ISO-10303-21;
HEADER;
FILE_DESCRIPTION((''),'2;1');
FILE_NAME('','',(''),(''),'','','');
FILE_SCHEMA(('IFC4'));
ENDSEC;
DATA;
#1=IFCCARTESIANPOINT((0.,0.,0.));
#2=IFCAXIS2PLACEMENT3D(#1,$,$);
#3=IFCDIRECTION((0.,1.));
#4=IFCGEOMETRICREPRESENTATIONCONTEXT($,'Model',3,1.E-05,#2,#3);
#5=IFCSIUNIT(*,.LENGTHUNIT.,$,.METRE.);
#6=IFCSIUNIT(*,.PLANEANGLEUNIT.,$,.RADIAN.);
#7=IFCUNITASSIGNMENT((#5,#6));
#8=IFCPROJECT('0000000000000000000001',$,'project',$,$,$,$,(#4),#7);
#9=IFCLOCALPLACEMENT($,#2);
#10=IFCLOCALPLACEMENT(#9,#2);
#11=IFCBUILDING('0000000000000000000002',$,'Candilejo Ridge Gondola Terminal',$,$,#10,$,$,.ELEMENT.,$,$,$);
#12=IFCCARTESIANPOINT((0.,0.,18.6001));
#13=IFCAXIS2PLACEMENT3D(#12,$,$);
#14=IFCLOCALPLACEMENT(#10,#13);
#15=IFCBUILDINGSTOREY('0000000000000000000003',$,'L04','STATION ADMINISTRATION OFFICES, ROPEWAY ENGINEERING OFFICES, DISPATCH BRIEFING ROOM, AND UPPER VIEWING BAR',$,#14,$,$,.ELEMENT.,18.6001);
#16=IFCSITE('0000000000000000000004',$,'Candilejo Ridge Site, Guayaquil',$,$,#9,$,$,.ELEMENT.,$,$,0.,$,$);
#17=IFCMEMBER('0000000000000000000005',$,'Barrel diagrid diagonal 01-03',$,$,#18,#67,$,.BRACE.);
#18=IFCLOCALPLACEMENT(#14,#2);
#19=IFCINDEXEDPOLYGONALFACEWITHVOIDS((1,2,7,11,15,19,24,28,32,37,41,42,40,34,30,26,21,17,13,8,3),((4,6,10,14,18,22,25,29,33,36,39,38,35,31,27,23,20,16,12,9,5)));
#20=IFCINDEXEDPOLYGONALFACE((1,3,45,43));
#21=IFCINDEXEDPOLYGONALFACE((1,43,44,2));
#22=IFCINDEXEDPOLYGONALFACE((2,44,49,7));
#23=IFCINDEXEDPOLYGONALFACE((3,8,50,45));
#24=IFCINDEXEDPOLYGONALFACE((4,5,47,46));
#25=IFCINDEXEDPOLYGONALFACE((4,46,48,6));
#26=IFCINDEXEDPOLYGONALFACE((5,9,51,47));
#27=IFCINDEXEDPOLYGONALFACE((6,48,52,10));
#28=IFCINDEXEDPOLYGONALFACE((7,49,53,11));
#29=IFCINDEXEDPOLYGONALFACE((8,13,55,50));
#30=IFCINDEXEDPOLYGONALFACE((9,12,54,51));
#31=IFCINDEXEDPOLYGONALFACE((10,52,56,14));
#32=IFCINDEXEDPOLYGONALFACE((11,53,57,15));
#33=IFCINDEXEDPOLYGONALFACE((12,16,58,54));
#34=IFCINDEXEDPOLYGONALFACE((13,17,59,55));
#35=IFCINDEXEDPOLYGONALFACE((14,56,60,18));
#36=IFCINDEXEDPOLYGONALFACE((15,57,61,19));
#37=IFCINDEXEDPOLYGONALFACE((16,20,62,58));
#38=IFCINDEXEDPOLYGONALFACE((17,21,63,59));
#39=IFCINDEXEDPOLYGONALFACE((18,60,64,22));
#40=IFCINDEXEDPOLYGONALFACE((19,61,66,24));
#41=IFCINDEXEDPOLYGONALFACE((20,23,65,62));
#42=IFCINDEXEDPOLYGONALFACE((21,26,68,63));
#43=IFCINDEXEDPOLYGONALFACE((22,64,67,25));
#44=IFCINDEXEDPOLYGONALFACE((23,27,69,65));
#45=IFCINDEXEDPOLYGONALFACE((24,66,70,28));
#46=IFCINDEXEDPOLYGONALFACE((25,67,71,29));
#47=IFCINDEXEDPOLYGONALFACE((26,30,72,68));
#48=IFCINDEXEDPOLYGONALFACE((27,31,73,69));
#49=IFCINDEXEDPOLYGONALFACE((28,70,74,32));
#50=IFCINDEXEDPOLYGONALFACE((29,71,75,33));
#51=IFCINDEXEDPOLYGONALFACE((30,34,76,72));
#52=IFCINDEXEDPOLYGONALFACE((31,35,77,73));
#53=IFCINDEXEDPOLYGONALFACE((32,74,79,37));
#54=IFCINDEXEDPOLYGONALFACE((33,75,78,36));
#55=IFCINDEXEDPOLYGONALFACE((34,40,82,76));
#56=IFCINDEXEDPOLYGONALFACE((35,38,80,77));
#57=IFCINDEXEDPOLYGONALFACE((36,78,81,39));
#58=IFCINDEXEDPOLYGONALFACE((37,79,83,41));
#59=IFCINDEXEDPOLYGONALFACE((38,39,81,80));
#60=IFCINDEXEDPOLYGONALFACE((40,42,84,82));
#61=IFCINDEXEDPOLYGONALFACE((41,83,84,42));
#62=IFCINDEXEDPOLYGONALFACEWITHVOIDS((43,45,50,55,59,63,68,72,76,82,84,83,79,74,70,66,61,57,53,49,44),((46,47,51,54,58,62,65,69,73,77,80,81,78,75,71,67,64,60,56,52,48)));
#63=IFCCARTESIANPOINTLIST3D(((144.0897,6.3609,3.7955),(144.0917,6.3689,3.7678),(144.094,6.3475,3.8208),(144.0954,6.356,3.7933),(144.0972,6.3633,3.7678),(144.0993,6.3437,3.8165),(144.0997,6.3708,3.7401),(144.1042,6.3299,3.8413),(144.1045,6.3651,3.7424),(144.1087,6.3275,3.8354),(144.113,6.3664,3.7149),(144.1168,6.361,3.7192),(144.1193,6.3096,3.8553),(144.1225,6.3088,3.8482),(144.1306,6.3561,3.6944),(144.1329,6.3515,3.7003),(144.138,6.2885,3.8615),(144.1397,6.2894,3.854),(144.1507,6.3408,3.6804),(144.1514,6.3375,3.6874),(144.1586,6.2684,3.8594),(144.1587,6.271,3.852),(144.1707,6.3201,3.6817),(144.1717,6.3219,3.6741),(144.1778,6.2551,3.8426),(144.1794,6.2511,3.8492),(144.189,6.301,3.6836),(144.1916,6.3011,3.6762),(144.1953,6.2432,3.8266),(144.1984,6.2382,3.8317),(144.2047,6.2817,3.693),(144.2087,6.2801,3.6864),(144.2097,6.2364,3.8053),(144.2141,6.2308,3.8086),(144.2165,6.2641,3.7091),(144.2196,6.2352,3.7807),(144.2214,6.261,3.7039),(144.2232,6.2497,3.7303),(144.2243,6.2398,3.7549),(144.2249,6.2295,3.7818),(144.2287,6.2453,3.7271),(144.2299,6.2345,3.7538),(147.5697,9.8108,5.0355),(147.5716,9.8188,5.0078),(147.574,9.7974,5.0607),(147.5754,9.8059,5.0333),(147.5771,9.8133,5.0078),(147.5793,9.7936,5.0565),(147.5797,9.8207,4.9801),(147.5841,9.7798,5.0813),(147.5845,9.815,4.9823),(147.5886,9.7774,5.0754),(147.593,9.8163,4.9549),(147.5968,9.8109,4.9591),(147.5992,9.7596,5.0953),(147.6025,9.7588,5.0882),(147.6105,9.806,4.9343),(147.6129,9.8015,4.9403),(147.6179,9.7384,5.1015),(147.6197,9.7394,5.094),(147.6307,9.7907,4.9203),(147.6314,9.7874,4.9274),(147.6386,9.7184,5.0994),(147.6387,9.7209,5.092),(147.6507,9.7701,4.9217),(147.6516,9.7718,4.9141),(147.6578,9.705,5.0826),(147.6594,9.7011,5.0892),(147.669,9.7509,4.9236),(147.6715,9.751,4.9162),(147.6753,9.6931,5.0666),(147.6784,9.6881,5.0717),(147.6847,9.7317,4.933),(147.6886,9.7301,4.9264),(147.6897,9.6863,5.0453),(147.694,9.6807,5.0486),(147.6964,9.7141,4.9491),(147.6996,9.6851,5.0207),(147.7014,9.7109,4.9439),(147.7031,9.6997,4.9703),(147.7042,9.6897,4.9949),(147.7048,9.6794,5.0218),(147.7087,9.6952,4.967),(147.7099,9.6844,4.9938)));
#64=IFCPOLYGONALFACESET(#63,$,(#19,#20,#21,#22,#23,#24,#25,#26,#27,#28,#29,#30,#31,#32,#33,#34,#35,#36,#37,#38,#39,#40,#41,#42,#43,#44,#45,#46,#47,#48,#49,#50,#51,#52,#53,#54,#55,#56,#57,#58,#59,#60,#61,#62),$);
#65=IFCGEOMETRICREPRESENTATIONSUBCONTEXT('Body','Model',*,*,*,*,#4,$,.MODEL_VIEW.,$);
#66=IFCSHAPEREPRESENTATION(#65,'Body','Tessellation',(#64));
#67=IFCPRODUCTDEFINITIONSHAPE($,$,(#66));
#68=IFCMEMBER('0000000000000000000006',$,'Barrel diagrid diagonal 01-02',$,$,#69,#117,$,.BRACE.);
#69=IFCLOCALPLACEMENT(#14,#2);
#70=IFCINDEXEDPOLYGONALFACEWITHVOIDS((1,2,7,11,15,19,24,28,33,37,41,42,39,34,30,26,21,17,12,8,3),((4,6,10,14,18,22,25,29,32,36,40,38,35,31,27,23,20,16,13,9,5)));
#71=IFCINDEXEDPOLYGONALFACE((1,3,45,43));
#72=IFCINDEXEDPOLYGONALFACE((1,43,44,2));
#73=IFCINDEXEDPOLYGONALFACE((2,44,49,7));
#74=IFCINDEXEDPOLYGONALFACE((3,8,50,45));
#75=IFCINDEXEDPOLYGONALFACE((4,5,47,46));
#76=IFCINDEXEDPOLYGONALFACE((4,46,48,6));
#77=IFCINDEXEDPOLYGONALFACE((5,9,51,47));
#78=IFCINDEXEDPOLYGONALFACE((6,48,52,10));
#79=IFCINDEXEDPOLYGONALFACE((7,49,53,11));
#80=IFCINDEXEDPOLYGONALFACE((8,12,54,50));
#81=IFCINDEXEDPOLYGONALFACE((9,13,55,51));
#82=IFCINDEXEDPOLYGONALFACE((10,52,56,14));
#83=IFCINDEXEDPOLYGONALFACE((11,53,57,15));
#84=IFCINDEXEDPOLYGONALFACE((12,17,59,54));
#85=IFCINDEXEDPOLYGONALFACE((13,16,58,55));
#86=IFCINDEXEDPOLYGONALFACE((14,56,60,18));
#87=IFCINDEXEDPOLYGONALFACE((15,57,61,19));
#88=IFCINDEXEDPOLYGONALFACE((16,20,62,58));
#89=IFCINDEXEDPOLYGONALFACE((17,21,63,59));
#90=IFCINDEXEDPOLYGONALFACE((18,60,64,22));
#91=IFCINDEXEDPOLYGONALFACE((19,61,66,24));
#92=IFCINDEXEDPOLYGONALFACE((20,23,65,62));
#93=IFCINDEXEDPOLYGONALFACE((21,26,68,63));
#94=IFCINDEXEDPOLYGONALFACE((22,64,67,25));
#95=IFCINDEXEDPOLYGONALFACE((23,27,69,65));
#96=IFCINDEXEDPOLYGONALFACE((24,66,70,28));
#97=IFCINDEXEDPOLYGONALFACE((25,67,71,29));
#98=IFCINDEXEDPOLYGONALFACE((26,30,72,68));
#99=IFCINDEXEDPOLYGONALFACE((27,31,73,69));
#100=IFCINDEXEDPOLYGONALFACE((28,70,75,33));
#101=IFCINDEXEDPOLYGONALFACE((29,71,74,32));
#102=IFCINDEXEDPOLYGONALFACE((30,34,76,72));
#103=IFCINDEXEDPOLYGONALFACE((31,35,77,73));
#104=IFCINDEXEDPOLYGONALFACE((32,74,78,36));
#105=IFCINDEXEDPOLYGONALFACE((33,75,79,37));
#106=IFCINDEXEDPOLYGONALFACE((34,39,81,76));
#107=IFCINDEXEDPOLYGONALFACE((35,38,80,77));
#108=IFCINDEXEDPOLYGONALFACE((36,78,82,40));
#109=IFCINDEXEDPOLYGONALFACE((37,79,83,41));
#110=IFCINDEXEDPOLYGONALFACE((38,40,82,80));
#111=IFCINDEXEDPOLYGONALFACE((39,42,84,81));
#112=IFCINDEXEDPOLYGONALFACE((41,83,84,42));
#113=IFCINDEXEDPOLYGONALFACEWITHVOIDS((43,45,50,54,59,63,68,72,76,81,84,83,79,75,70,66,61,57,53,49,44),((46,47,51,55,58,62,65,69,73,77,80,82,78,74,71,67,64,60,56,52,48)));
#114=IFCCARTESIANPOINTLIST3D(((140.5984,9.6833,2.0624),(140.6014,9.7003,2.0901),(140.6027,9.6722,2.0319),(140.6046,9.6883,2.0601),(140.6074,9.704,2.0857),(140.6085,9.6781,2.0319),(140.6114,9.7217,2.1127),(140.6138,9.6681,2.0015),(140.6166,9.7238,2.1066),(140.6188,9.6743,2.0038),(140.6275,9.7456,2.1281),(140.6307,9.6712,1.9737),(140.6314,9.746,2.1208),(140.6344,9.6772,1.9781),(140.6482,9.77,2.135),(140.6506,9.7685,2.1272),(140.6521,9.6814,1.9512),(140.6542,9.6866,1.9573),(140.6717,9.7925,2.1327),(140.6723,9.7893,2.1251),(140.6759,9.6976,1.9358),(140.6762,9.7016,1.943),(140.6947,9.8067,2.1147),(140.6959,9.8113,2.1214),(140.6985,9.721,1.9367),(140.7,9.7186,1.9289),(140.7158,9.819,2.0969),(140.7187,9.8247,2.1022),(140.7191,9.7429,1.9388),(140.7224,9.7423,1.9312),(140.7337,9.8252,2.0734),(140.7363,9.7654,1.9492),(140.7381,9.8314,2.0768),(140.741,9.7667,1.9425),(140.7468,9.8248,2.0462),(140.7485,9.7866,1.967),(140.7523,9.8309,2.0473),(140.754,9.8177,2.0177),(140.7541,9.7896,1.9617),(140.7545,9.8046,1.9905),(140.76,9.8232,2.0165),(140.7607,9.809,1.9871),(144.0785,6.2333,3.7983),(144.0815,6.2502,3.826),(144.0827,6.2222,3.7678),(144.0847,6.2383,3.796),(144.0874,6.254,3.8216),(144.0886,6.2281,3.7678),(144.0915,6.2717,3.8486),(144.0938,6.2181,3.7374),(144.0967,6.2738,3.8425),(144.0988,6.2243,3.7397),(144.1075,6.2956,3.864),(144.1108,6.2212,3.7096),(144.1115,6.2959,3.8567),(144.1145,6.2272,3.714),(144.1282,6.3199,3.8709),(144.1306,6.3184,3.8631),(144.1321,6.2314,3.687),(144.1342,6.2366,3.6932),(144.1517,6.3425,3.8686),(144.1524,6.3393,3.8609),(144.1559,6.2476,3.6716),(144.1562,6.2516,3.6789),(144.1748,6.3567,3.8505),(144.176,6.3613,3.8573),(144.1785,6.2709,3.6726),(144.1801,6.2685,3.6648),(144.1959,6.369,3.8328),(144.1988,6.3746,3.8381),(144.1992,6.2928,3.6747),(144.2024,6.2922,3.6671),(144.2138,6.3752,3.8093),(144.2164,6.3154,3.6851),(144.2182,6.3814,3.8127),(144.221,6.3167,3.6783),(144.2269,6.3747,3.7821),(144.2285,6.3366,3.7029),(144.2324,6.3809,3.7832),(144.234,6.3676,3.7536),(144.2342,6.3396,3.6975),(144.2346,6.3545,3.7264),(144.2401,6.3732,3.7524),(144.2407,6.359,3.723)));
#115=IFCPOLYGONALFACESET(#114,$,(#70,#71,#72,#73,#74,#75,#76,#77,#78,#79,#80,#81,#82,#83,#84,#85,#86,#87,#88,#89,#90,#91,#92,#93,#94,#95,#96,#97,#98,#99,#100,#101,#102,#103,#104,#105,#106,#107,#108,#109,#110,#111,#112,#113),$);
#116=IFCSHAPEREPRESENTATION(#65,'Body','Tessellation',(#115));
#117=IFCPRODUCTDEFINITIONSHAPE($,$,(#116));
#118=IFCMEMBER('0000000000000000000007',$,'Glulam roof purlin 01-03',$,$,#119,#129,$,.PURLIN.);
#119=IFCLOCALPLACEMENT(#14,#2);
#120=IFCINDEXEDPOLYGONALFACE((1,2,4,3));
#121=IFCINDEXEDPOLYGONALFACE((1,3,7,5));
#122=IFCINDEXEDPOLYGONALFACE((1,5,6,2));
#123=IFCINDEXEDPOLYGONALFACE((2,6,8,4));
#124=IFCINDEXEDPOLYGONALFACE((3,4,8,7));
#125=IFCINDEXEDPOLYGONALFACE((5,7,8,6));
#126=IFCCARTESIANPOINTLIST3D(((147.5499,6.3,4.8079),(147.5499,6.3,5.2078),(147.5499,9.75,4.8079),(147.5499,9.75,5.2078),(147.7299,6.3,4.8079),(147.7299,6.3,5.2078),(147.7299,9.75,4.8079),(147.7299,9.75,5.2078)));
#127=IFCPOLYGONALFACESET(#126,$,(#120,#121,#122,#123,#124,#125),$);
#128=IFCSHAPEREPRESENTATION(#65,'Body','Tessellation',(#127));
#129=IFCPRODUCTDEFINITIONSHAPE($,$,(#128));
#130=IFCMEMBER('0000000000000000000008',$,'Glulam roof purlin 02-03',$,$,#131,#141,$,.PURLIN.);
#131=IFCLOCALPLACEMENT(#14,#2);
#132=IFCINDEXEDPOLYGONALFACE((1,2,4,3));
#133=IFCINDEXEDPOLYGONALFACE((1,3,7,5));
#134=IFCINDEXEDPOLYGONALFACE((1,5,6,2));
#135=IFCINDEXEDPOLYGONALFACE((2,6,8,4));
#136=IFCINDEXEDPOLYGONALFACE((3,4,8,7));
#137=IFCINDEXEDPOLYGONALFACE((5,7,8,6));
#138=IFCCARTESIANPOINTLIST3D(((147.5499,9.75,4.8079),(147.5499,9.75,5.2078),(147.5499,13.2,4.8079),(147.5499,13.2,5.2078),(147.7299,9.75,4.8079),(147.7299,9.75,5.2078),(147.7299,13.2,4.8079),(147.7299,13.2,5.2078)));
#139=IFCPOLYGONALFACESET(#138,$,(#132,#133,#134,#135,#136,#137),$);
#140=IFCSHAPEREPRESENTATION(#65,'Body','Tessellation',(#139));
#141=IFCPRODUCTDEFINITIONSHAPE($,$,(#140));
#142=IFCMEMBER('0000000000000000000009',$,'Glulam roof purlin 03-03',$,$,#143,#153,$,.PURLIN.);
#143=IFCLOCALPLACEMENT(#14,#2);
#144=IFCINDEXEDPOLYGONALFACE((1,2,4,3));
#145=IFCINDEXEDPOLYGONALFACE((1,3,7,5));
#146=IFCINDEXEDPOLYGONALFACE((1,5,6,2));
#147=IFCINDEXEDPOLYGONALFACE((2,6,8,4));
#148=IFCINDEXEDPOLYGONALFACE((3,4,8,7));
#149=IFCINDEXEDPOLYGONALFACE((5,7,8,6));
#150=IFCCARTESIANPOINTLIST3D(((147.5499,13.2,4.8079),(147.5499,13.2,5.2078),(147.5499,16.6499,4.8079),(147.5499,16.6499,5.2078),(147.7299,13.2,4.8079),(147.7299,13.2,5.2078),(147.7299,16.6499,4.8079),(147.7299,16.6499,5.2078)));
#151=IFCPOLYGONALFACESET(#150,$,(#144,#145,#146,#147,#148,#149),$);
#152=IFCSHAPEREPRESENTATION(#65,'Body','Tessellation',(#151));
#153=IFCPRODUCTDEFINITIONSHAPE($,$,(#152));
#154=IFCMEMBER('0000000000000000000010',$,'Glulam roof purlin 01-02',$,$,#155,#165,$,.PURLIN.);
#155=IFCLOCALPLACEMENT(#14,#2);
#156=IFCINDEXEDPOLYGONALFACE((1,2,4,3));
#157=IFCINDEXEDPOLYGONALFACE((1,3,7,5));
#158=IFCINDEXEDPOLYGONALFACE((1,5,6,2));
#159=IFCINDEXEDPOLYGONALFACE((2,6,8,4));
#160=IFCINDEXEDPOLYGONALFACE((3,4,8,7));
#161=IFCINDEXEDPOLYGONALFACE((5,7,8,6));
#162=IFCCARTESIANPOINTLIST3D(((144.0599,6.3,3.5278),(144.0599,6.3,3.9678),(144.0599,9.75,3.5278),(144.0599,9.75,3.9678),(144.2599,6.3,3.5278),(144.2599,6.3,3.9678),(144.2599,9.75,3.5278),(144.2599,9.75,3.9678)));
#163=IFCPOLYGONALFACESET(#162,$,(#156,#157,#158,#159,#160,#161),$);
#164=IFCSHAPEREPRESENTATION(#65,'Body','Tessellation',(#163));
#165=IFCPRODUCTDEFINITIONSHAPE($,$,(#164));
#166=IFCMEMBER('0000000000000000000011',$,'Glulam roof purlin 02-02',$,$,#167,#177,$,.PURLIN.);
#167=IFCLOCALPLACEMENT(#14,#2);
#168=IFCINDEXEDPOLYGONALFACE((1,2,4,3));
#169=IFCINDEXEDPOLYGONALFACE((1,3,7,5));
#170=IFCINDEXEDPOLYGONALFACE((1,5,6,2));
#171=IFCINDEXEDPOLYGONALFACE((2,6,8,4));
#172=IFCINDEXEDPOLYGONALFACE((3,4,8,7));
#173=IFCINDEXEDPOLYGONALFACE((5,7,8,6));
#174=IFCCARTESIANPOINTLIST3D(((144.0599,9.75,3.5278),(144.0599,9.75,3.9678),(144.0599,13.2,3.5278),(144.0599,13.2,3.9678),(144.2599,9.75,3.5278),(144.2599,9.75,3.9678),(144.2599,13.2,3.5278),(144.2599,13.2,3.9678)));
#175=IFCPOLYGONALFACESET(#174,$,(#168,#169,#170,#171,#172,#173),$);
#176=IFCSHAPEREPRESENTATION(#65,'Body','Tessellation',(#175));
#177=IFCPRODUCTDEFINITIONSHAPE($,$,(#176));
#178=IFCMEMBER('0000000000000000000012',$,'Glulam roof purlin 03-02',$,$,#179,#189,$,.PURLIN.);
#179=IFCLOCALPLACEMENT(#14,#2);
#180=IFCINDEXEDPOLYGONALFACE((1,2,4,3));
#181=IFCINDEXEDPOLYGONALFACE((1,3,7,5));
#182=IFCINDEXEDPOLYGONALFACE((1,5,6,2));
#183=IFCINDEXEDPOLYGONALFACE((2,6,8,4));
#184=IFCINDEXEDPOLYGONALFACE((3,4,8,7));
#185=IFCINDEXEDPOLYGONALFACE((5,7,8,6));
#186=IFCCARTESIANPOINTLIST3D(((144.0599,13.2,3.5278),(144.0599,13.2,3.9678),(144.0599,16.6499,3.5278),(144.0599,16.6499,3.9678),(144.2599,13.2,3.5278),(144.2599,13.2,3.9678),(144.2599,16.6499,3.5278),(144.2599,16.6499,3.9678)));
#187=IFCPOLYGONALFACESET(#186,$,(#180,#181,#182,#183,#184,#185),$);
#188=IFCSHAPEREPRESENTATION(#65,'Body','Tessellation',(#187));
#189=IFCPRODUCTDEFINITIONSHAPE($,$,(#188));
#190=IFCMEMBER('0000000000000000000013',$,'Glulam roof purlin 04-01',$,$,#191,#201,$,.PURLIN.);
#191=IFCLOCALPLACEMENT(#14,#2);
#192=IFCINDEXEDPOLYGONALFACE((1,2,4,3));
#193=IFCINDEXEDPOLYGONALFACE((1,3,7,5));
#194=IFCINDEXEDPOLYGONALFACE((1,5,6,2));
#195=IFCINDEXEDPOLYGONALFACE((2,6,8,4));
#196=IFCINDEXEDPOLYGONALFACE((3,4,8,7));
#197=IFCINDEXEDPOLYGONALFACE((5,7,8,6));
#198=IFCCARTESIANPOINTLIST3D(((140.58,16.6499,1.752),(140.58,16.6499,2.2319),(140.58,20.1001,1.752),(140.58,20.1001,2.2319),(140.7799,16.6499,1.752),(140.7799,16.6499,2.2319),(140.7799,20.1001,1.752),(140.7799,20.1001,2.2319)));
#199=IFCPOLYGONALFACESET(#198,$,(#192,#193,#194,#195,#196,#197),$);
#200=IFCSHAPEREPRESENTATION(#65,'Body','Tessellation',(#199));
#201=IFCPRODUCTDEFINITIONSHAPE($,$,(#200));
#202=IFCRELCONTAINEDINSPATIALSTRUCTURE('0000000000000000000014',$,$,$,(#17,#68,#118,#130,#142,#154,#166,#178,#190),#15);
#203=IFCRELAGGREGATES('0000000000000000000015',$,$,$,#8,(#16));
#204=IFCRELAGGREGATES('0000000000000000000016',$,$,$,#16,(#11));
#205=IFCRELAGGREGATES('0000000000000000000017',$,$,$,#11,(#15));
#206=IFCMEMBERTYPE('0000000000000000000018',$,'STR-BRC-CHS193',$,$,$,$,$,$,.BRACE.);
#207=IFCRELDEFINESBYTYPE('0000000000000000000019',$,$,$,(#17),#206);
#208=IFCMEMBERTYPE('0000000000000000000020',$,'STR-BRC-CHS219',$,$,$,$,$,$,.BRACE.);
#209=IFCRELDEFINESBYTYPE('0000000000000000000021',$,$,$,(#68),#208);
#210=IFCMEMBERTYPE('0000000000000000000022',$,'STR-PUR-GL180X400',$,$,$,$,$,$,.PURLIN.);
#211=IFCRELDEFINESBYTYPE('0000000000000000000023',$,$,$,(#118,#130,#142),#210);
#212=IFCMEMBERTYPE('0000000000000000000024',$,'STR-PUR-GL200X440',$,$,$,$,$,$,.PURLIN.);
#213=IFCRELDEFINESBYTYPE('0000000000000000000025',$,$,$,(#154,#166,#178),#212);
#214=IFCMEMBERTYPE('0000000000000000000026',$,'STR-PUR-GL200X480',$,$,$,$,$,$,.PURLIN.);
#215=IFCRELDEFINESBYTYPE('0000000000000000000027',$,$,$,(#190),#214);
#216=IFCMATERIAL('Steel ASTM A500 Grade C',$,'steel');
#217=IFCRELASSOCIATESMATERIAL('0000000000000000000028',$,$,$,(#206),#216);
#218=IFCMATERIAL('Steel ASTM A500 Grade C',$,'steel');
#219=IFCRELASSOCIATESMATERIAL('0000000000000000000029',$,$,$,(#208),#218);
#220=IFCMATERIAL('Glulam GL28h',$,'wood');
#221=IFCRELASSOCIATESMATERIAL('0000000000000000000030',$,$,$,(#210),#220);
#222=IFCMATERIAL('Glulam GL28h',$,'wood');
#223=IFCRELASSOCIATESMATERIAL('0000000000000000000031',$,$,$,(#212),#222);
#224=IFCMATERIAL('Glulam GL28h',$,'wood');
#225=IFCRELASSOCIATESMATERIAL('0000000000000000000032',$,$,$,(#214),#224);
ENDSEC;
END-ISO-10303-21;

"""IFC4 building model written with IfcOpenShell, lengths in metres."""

from ifc_helpers import new_model, si_unit, direction, frame, origin, origin_2d, place, context, subcontext, project, spatial, rectangle, hollow_circle, extrude, material, material_profile, profile_set, type_object, element, save


model = new_model("IFC4")

# Units and contexts
model_context = context("Model", 3, precision=1e-05, world=origin(), true_north=direction((0.0, 1.0)))
body_context = subcontext(model_context, "Body", "Model", "MODEL_VIEW")
ifc_project = project(units=[si_unit("LENGTHUNIT", "METRE"), si_unit("PLANEANGLEUNIT", "RADIAN")], contexts=[model_context])

# Site, building, storey
site_placement = place(None, origin())
site = spatial("IfcSite", under=ifc_project, at=site_placement, Name="Candilejo Ridge Site, Guayaquil", CompositionType="ELEMENT", RefElevation=0.0)
building_placement = place(site_placement, origin())
building = spatial("IfcBuilding", under=site, at=building_placement, Name="Candilejo Ridge Gondola Terminal", CompositionType="ELEMENT")
storey_placement = place(building_placement, frame((0.0, 0.0, 18.6001)))
storey = spatial("IfcBuildingStorey", under=building, at=storey_placement, Name="L04", Description="STATION ADMINISTRATION OFFICES, ROPEWAY ENGINEERING OFFICES, DISPATCH BRIEFING ROOM, AND UPPER VIEWING BAR", CompositionType="ELEMENT", Elevation=18.6001)

# Members
ifc_material_1 = material(Name="Steel ASTM A500 Grade C", Category="steel")
ifc_material_profile_1 = material_profile(ifc_material_1, hollow_circle(Radius=0.0969, WallThickness=0.0078, at=origin_2d()))
ifc_profile_set_1 = profile_set([ifc_material_profile_1], Name="Steel ASTM A500 Grade C")
member_type_1 = type_object("IfcMemberType", Name="STR-BRC-CHS193", PredefinedType="BRACE", material=ifc_profile_set_1)
member_1_placement = place(storey_placement, frame((144.1599, 6.3, 3.7678), z_axis=(0.688464, 0.682523, 0.245314), x_axis=(-0.704036, 0.710164, 0.0)))
element("IfcMember", 1, at=member_1_placement, inside=storey, type_object=member_type_1, Name="Barrel diagrid diagonal 01-03", PredefinedType="BRACE", context=body_context, shape_type="SweptSolid", body=[
    extrude(hollow_circle(Radius=0.0969, WallThickness=0.0078, at=origin_2d()), origin(), (0.0, 0.0, 1.0), 5.0547),
])
ifc_material_2 = material(Name="Steel ASTM A500 Grade C", Category="steel")
ifc_material_profile_2 = material_profile(ifc_material_2, hollow_circle(Radius=0.1096, WallThickness=0.0083, at=origin_2d()))
ifc_profile_set_2 = profile_set([ifc_material_profile_2], Name="Steel ASTM A500 Grade C")
member_type_2 = type_object("IfcMemberType", Name="STR-BRC-CHS219", PredefinedType="BRACE", material=ifc_profile_set_2)
member_2_placement = place(storey_placement, frame((144.1599, 6.3, 3.7678), z_axis=(-0.669406, 0.663629, -0.333904), x_axis=(-0.704036, -0.710164, 0.0)))
element("IfcMember", 2, at=member_2_placement, inside=storey, type_object=member_type_2, Name="Barrel diagrid diagonal 01-02", PredefinedType="BRACE", context=body_context, shape_type="SweptSolid", body=[
    extrude(hollow_circle(Radius=0.1096, WallThickness=0.0083, at=origin_2d()), origin(), (0.0, 0.0, 1.0), 5.1987),
])
ifc_material_3 = material(Name="Glulam GL28h", Category="wood")
ifc_material_profile_3 = material_profile(ifc_material_3, rectangle(XDim=0.1799, YDim=0.3999, at=origin_2d()))
ifc_profile_set_3 = profile_set([ifc_material_profile_3], Name="Glulam GL28h")
member_type_3 = type_object("IfcMemberType", Name="STR-PUR-GL180X400", PredefinedType="PURLIN", material=ifc_profile_set_3)
for number, where, z_axis, x_axis, name in (
    (3, (147.6399, 6.3, 5.0078), (0.0, 1.0, 0.0), (-1.0, 0.0, 0.0), "Glulam roof purlin 01-03"),
    (4, (147.6399, 9.75, 5.0078), (0.0, 1.0, 0.0), (-1.0, 0.0, 0.0), "Glulam roof purlin 02-03"),
    (5, (147.6399, 13.2, 5.0078), (0.0, 1.0, 0.0), (-1.0, 0.0, 0.0), "Glulam roof purlin 03-03"),
):
    element("IfcMember", number, at=place(storey_placement, frame(where, z_axis=z_axis, x_axis=x_axis)), inside=storey, type_object=member_type_3, Name=name, PredefinedType="PURLIN", context=body_context, shape_type="SweptSolid", body=[
        extrude(rectangle(XDim=0.1799, YDim=0.3999, at=origin_2d()), origin(), (0.0, 0.0, 1.0), 3.45),
    ])
ifc_material_4 = material(Name="Glulam GL28h", Category="wood")
ifc_material_profile_4 = material_profile(ifc_material_4, rectangle(XDim=0.2, YDim=0.4399, at=origin_2d()))
ifc_profile_set_4 = profile_set([ifc_material_profile_4], Name="Glulam GL28h")
member_type_4 = type_object("IfcMemberType", Name="STR-PUR-GL200X440", PredefinedType="PURLIN", material=ifc_profile_set_4)
for number, where, z_axis, x_axis, name in (
    (6, (144.1599, 6.3, 3.7478), (0.0, 1.0, 0.0), (-1.0, 0.0, 0.0), "Glulam roof purlin 01-02"),
    (7, (144.1599, 9.75, 3.7478), (0.0, 1.0, 0.0), (-1.0, 0.0, 0.0), "Glulam roof purlin 02-02"),
    (8, (144.1599, 13.2, 3.7478), (0.0, 1.0, 0.0), (-1.0, 0.0, 0.0), "Glulam roof purlin 03-02"),
):
    element("IfcMember", number, at=place(storey_placement, frame(where, z_axis=z_axis, x_axis=x_axis)), inside=storey, type_object=member_type_4, Name=name, PredefinedType="PURLIN", context=body_context, shape_type="SweptSolid", body=[
        extrude(rectangle(XDim=0.2, YDim=0.4399, at=origin_2d()), origin(), (0.0, 0.0, 1.0), 3.45),
    ])
ifc_material_5 = material(Name="Glulam GL28h", Category="wood")
ifc_material_profile_5 = material_profile(ifc_material_5, rectangle(XDim=0.2, YDim=0.48, at=origin_2d()))
ifc_profile_set_5 = profile_set([ifc_material_profile_5], Name="Glulam GL28h")
member_type_5 = type_object("IfcMemberType", Name="STR-PUR-GL200X480", PredefinedType="PURLIN", material=ifc_profile_set_5)
member_3_placement = place(storey_placement, frame((140.6799, 16.6499, 1.9919), z_axis=(0.0, 1.0, 0.0), x_axis=(-1.0, 0.0, 0.0)))
element("IfcMember", 9, at=member_3_placement, inside=storey, type_object=member_type_5, Name="Glulam roof purlin 04-01", PredefinedType="PURLIN", context=body_context, shape_type="SweptSolid", body=[
    extrude(rectangle(XDim=0.2, YDim=0.48, at=origin_2d()), origin(), (0.0, 0.0, 1.0), 3.4502),
])

save(model, "model.ifc")
